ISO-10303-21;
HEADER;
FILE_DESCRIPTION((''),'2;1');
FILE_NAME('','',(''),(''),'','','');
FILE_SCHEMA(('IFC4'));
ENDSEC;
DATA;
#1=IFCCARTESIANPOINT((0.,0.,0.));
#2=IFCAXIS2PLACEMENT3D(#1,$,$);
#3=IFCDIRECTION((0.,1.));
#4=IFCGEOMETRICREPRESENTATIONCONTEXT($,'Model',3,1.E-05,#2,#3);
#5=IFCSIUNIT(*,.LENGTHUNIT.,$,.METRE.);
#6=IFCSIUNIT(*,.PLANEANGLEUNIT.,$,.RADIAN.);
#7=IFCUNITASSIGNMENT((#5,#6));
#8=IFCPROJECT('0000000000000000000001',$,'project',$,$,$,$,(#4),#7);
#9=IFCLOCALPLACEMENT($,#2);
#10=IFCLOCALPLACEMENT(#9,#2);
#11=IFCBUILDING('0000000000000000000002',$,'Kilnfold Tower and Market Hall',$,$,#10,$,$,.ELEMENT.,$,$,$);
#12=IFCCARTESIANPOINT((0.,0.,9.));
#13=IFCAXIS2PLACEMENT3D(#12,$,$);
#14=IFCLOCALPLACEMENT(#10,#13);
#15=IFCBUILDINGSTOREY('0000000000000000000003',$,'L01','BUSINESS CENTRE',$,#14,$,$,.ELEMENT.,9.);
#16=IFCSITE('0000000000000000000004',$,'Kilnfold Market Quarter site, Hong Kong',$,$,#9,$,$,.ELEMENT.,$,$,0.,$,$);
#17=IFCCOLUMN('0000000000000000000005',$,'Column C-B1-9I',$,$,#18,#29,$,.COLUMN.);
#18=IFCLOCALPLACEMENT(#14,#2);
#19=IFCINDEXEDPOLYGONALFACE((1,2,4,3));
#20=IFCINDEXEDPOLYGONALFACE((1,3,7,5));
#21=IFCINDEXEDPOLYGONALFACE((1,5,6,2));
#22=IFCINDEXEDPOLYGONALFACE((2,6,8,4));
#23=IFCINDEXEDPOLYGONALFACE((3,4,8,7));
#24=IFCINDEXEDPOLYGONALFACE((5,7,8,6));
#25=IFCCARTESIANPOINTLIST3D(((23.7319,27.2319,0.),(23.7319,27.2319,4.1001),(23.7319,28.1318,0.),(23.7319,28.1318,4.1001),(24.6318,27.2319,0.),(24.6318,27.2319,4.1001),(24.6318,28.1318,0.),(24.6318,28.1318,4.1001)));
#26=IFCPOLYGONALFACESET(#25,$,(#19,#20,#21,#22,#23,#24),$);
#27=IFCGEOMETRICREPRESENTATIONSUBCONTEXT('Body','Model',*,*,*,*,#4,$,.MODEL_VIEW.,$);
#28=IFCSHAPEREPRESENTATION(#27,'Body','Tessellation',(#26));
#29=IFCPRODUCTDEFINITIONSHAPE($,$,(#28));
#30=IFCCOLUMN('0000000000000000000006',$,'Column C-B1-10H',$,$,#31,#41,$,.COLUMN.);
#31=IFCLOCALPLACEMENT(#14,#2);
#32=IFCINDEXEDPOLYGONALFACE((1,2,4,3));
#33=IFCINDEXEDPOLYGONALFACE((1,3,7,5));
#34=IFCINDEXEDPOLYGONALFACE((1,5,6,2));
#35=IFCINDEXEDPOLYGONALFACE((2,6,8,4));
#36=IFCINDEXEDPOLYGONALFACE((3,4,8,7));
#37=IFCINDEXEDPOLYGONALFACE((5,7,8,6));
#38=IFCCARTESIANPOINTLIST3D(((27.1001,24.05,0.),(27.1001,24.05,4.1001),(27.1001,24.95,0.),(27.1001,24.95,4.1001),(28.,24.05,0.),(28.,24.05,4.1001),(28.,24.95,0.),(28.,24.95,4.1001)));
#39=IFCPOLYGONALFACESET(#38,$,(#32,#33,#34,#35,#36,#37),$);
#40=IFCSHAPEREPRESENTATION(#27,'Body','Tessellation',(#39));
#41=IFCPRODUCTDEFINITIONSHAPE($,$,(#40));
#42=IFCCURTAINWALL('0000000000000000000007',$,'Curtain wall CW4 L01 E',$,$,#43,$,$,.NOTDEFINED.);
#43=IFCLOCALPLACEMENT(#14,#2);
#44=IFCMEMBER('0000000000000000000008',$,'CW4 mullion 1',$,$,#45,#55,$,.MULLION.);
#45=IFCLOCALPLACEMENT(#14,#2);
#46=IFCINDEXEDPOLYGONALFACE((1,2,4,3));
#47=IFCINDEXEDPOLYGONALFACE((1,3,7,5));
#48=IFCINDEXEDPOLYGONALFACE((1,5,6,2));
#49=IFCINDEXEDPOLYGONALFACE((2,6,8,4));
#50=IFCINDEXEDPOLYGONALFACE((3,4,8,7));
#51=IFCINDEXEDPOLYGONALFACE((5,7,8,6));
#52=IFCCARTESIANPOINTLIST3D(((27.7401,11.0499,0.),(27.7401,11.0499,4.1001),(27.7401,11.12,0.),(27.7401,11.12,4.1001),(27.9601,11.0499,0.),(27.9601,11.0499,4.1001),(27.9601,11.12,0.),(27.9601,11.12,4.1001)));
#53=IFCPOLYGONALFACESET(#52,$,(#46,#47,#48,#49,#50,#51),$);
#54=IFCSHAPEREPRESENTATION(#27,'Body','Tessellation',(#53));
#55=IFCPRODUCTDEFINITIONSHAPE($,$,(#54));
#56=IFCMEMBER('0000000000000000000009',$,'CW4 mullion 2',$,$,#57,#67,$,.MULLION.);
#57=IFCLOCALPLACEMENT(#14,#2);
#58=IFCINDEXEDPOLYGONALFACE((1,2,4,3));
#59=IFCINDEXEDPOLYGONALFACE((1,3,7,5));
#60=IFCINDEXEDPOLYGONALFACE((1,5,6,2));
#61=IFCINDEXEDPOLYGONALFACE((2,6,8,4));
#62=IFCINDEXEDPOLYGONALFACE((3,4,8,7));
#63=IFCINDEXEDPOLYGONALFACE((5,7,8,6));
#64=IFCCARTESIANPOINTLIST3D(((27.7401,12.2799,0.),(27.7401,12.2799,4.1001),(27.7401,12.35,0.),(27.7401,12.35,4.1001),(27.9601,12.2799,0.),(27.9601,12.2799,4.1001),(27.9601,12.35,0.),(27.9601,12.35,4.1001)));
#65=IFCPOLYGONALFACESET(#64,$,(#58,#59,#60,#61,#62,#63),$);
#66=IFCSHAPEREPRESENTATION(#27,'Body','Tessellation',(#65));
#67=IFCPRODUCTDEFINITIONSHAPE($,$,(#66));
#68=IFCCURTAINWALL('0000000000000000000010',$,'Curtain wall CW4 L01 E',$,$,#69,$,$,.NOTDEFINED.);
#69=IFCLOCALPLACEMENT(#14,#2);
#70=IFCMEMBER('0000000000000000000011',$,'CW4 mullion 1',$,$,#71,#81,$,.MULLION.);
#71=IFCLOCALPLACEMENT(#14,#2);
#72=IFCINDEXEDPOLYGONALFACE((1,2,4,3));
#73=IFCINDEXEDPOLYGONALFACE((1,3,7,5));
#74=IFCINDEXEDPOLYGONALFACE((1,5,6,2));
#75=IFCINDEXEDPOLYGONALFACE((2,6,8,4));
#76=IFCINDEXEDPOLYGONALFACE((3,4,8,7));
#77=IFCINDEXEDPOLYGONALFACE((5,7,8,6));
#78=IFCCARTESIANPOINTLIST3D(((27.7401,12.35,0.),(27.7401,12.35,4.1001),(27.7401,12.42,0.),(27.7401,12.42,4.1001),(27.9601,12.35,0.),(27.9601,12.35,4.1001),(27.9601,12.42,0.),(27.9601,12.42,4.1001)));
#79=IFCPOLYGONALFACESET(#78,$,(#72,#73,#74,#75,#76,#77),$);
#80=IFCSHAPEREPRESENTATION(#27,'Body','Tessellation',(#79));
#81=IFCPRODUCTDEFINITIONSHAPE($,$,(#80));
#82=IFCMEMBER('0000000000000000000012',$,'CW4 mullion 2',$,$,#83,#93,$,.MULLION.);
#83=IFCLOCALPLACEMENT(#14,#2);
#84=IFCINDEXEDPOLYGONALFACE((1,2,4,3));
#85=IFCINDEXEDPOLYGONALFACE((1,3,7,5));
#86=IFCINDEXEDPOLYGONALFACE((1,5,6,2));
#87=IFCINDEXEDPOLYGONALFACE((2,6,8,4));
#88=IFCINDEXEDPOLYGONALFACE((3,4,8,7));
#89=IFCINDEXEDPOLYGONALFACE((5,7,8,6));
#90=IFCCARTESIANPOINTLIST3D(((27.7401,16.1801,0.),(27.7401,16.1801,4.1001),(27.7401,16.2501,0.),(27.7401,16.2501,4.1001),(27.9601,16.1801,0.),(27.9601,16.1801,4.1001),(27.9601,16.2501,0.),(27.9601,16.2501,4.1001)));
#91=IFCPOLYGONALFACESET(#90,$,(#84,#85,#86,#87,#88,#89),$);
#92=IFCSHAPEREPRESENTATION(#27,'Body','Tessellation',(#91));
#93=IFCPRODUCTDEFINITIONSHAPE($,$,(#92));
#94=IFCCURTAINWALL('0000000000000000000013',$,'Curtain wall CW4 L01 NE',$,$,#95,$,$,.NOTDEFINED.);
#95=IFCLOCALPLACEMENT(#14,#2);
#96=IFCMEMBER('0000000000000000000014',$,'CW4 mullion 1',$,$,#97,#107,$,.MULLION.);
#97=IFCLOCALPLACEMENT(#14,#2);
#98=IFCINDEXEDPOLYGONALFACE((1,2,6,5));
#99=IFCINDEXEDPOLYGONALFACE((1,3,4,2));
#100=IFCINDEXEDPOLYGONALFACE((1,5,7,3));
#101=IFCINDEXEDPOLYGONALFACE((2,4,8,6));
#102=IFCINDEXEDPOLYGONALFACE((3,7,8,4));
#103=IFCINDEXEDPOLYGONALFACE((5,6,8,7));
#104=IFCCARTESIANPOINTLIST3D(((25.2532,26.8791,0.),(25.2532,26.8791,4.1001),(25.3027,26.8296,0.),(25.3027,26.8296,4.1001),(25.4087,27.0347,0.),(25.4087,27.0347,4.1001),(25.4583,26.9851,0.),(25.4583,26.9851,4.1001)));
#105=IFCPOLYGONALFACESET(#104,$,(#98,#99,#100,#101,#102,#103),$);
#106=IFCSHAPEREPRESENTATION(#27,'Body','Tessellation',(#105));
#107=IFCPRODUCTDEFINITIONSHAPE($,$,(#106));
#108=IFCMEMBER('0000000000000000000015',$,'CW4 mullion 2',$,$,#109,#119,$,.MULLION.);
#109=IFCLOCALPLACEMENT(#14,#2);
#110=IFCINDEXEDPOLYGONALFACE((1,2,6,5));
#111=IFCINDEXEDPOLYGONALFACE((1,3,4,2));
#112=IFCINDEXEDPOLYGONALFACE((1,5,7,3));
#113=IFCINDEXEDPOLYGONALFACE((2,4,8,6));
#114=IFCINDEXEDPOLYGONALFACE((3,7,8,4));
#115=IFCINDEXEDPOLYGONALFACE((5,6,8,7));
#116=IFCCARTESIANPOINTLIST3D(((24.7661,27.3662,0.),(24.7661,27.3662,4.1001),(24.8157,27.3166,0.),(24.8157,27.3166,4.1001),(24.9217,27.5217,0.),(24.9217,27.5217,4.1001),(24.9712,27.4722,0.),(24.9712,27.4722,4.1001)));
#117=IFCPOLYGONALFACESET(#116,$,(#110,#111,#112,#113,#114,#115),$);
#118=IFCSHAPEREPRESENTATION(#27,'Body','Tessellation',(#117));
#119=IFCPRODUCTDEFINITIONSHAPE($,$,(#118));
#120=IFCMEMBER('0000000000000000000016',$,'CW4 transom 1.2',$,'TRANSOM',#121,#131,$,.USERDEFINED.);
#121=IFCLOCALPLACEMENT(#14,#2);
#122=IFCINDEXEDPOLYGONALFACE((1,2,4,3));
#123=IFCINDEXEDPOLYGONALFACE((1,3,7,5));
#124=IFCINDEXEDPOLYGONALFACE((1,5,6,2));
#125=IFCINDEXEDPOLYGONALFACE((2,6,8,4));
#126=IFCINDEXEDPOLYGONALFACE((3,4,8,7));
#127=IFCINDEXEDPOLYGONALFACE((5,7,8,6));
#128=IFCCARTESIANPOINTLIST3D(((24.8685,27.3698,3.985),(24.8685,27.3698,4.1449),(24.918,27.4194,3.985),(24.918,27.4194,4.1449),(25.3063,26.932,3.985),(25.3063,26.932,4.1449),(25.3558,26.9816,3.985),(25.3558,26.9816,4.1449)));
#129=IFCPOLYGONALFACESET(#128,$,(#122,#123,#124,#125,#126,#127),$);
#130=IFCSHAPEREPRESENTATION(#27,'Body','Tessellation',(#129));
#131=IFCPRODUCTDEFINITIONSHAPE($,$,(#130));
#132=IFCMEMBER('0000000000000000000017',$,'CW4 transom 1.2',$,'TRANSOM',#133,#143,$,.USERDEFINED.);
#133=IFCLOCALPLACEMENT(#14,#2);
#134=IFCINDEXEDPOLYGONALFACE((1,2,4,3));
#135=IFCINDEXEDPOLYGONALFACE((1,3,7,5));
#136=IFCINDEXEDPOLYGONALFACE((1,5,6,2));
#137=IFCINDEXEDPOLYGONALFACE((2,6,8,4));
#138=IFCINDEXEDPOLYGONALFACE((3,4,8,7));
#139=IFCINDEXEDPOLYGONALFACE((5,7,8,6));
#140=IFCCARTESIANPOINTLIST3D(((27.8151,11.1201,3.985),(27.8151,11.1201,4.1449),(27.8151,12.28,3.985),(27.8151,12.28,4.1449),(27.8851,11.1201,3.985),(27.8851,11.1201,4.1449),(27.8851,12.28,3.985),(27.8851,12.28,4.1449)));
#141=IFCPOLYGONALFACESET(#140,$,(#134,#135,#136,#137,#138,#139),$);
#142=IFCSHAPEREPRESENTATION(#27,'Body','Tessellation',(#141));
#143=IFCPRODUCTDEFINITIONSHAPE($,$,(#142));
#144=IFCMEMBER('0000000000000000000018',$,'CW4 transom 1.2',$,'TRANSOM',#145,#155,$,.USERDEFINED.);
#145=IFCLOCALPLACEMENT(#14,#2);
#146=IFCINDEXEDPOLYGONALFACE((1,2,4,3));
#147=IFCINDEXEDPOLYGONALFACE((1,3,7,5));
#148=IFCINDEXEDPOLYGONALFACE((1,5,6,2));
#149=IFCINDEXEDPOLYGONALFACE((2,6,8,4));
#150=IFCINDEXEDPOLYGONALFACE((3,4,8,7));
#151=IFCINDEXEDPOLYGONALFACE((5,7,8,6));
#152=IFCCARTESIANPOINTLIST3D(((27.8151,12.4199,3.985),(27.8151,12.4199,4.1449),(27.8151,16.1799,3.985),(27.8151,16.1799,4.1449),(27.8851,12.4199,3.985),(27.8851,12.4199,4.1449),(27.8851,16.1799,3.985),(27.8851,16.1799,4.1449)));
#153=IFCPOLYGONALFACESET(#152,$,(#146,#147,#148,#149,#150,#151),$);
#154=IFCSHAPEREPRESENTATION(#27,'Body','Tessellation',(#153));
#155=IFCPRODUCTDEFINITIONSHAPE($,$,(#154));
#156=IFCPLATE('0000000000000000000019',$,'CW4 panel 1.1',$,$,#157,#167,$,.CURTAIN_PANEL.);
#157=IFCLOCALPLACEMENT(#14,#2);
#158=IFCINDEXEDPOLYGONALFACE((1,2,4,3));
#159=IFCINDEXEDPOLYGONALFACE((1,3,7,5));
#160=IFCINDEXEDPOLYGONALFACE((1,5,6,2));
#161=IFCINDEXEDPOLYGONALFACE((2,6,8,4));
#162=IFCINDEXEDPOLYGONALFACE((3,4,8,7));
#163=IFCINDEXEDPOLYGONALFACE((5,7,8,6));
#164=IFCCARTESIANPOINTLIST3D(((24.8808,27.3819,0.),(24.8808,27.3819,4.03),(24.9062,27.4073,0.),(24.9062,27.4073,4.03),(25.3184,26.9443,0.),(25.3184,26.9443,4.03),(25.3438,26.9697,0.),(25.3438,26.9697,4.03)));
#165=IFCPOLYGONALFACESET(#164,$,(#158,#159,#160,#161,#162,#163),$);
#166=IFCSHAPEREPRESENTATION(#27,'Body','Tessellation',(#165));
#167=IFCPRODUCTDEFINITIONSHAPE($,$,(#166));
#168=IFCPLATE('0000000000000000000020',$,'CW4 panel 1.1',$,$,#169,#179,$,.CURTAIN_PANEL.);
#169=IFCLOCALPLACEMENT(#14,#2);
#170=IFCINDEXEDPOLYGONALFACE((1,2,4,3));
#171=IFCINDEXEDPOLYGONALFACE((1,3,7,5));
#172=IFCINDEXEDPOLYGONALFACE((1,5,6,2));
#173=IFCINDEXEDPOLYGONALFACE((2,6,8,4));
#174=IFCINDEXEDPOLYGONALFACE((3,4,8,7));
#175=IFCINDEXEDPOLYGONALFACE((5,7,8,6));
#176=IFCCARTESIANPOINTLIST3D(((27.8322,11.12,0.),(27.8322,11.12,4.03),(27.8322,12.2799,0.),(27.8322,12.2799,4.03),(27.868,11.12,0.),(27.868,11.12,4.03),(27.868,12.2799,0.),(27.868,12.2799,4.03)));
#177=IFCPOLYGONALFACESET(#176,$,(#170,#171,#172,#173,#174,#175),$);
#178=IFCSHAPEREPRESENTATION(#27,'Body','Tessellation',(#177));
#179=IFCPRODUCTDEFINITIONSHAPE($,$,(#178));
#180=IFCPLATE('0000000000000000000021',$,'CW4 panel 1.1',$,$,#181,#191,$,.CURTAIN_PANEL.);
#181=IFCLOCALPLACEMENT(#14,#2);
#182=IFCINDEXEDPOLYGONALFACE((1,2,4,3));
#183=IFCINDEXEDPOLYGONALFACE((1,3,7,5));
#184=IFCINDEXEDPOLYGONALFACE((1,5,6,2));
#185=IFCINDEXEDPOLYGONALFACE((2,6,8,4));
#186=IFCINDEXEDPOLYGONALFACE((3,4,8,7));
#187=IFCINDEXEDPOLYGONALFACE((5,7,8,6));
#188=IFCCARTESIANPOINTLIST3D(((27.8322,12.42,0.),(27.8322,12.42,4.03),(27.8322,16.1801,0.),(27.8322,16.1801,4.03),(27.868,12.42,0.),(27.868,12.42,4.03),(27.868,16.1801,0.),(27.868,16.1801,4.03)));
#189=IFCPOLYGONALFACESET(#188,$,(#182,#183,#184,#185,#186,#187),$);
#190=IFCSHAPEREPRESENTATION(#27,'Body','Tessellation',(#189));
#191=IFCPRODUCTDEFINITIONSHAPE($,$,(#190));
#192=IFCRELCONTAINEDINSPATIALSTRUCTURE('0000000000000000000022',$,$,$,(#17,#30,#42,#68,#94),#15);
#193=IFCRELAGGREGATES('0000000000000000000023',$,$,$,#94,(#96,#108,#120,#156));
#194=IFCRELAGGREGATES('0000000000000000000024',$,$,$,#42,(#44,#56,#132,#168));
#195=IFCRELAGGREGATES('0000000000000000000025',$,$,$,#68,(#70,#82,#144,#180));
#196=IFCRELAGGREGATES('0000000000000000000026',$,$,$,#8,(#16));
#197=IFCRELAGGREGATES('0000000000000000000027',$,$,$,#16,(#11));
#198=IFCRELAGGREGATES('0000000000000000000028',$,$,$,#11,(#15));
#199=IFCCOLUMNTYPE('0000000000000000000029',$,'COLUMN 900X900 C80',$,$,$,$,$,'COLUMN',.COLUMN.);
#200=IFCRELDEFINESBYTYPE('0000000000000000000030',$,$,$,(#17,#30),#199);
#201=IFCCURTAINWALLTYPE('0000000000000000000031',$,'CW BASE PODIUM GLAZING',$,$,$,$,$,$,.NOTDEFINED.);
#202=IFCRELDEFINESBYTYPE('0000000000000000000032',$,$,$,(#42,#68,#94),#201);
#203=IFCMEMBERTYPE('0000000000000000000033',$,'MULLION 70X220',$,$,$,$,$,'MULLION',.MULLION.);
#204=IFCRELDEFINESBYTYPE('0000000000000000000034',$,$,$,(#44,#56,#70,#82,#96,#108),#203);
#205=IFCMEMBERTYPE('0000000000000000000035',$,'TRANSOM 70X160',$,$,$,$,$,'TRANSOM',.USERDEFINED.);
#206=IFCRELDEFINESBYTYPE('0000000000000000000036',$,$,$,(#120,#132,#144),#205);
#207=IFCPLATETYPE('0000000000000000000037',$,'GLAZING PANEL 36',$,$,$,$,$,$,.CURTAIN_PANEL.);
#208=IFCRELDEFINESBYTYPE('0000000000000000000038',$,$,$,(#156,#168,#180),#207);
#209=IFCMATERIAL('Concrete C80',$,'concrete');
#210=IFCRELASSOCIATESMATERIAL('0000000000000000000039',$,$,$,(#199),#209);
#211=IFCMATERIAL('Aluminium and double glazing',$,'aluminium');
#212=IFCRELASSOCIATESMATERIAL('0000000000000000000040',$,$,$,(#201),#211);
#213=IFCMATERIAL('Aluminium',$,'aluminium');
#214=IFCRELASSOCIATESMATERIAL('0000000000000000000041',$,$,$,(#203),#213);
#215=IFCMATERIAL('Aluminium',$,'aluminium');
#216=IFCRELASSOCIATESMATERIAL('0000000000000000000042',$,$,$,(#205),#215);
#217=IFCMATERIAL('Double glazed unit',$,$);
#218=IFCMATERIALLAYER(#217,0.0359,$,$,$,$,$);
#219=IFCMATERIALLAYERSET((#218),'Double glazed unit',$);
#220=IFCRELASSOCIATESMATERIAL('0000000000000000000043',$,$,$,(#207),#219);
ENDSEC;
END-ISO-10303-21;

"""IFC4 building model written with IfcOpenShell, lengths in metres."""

from ifc_helpers import new_model, si_unit, direction, frame, origin, origin_2d, place, context, subcontext, project, spatial, rectangle, extrude, source, transform, mapped, material, layer, layer_set, material_profile, profile_set, type_object, element, aggregate, save


model = new_model("IFC4")

# Units and contexts
model_context = context("Model", 3, precision=1e-05, world=origin(), true_north=direction((0.0, 1.0)))
body_context = subcontext(model_context, "Body", "Model", "MODEL_VIEW")
ifc_project = project(units=[si_unit("LENGTHUNIT", "METRE"), si_unit("PLANEANGLEUNIT", "RADIAN")], contexts=[model_context])

# Site, building, storey
site_placement = place(None, origin())
site = spatial("IfcSite", under=ifc_project, at=site_placement, Name="Kilnfold Market Quarter site, Hong Kong", CompositionType="ELEMENT", RefElevation=0.0)
building_placement = place(site_placement, origin())
building = spatial("IfcBuilding", under=site, at=building_placement, Name="Kilnfold Tower and Market Hall", CompositionType="ELEMENT")
storey_placement = place(building_placement, frame((0.0, 0.0, 9.0)))
storey = spatial("IfcBuildingStorey", under=building, at=storey_placement, Name="L01", Description="BUSINESS CENTRE", CompositionType="ELEMENT", Elevation=9.0)

# Columns
ifc_material_1 = material(Name="Concrete C80", Category="concrete")
ifc_material_profile_1 = material_profile(ifc_material_1, rectangle(XDim=0.8999, YDim=0.8999, at=origin_2d()), Name="RC 900x900")
ifc_profile_set_1 = profile_set([ifc_material_profile_1], Name="Concrete C80")
column_type = type_object("IfcColumnType", Name="COLUMN 900X900 C80", ElementType="COLUMN", PredefinedType="COLUMN", material=ifc_profile_set_1)
shared_shape_1 = source(origin(), body_context, "Body", "SweptSolid", [
    extrude(rectangle(XDim=0.8999, YDim=0.8999, at=origin_2d()), origin(), (0.0, 0.0, 1.0), 4.1001),
])
for number, where, z_axis, x_axis, name in (
    (1, (24.1819, 27.6819, 0.0), (0.0, 0.0, 1.0), (1.0, 0.0, 0.0), "Column C-B1-9I"),
    (2, (27.55, 24.5, 0.0), (0.0, 0.0, 1.0), (1.0, 0.0, 0.0), "Column C-B1-10H"),
):
    element("IfcColumn", number, at=place(storey_placement, frame(where, z_axis=z_axis, x_axis=x_axis)), inside=storey, type_object=column_type, Name=name, PredefinedType="COLUMN", context=body_context, shape_type="MappedRepresentation", body=[
        mapped(shared_shape_1, transform((0.0, 0.0, 0.0))),
    ])

# Curtain walls, members
ifc_material_2 = material(Name="Aluminium and double glazing", Category="aluminium")
curtain_wall_type = type_object("IfcCurtainWallType", Name="CW BASE PODIUM GLAZING", PredefinedType="NOTDEFINED", material=ifc_material_2)
curtain_wall_1_placement = place(storey_placement, origin())
curtain_wall_1 = element("IfcCurtainWall", 3, at=curtain_wall_1_placement, inside=storey, type_object=curtain_wall_type, Name="Curtain wall CW4 L01 E", PredefinedType="NOTDEFINED")
ifc_material_3 = material(Name="Aluminium", Category="aluminium")
ifc_material_profile_2 = material_profile(ifc_material_3, rectangle(XDim=0.0701, YDim=0.22, at=origin_2d()), Name="MULLION 70x220")
ifc_profile_set_2 = profile_set([ifc_material_profile_2], Name="Aluminium")
member_type_1 = type_object("IfcMemberType", Name="MULLION 70X220", ElementType="MULLION", PredefinedType="MULLION", material=ifc_profile_set_2)
shared_shape_2 = source(origin(), body_context, "Body", "SweptSolid", [
    extrude(rectangle(XDim=0.0701, YDim=0.22, at=origin_2d()), origin(), (0.0, 0.0, 1.0), 4.1001),
])
member_1_placement = place(storey_placement, frame((27.8501, 11.085, 0.0), z_axis=(0.0, 0.0, 1.0), x_axis=(0.0, 1.0, 0.0)))
member_1 = element("IfcMember", 4, at=member_1_placement, type_object=member_type_1, Name="CW4 mullion 1", PredefinedType="MULLION", context=body_context, shape_type="MappedRepresentation", body=[
    mapped(shared_shape_2, transform((0.0, 0.0, 0.0))),
])
member_2_placement = place(storey_placement, frame((27.8501, 12.3149, 0.0), z_axis=(0.0, 0.0, 1.0), x_axis=(0.0, 1.0, 0.0)))
member_2 = element("IfcMember", 5, at=member_2_placement, type_object=member_type_1, Name="CW4 mullion 2", PredefinedType="MULLION", context=body_context, shape_type="MappedRepresentation", body=[
    mapped(shared_shape_2, transform((0.0, 0.0, 0.0))),
])
curtain_wall_2_placement = place(storey_placement, origin())
curtain_wall_2 = element("IfcCurtainWall", 6, at=curtain_wall_2_placement, inside=storey, type_object=curtain_wall_type, Name="Curtain wall CW4 L01 E", PredefinedType="NOTDEFINED")
member_3_placement = place(storey_placement, frame((27.8501, 12.385, 0.0), z_axis=(0.0, 0.0, 1.0), x_axis=(0.0, 1.0, 0.0)))
member_3 = element("IfcMember", 7, at=member_3_placement, type_object=member_type_1, Name="CW4 mullion 1", PredefinedType="MULLION", context=body_context, shape_type="MappedRepresentation", body=[
    mapped(shared_shape_2, transform((0.0, 0.0, 0.0))),
])
member_4_placement = place(storey_placement, frame((27.8501, 16.2151, 0.0), z_axis=(0.0, 0.0, 1.0), x_axis=(0.0, 1.0, 0.0)))
member_4 = element("IfcMember", 8, at=member_4_placement, type_object=member_type_1, Name="CW4 mullion 2", PredefinedType="MULLION", context=body_context, shape_type="MappedRepresentation", body=[
    mapped(shared_shape_2, transform((0.0, 0.0, 0.0))),
])
curtain_wall_3_placement = place(storey_placement, origin())
curtain_wall_3 = element("IfcCurtainWall", 9, at=curtain_wall_3_placement, inside=storey, type_object=curtain_wall_type, Name="Curtain wall CW4 L01 NE", PredefinedType="NOTDEFINED")
member_5_placement = place(storey_placement, frame((25.3557, 26.9321, 0.0), z_axis=(0.0, 0.0, 1.0), x_axis=(-0.707107, 0.707107, 0.0)))
member_5 = element("IfcMember", 10, at=member_5_placement, type_object=member_type_1, Name="CW4 mullion 1", PredefinedType="MULLION", context=body_context, shape_type="MappedRepresentation", body=[
    mapped(shared_shape_2, transform((0.0, 0.0, 0.0))),
])
member_6_placement = place(storey_placement, frame((24.8687, 27.4192, 0.0), z_axis=(0.0, 0.0, 1.0), x_axis=(-0.707107, 0.707107, 0.0)))
member_6 = element("IfcMember", 11, at=member_6_placement, type_object=member_type_1, Name="CW4 mullion 2", PredefinedType="MULLION", context=body_context, shape_type="MappedRepresentation", body=[
    mapped(shared_shape_2, transform((0.0, 0.0, 0.0))),
])
ifc_material_4 = material(Name="Aluminium", Category="aluminium")
ifc_material_profile_3 = material_profile(ifc_material_4, rectangle(XDim=0.0701, YDim=0.1599, at=origin_2d()), Name="TRANSOM 70x160")
ifc_profile_set_3 = profile_set([ifc_material_profile_3], Name="Aluminium")
member_type_2 = type_object("IfcMemberType", Name="TRANSOM 70X160", ElementType="TRANSOM", PredefinedType="USERDEFINED", material=ifc_profile_set_3)
shared_shape_3 = source(origin(), body_context, "Body", "SweptSolid", [
    extrude(rectangle(XDim=0.0701, YDim=0.1599, at=origin_2d()), origin(), (0.0, 0.0, 1.0), 0.6191),
])
member_7_placement = place(storey_placement, frame((25.3311, 26.9568, 4.0649), z_axis=(-0.707107, 0.707107, 0.0), x_axis=(-0.707107, -0.707107, 0.0)))
member_7 = element("IfcMember", 12, at=member_7_placement, type_object=member_type_2, Name="CW4 transom 1.2", ObjectType="TRANSOM", PredefinedType="USERDEFINED", context=body_context, shape_type="MappedRepresentation", body=[
    mapped(shared_shape_3, transform((0.0, 0.0, 0.0))),
])

# Members
shared_shape_4 = source(origin(), body_context, "Body", "SweptSolid", [
    extrude(rectangle(XDim=0.0701, YDim=0.1599, at=origin_2d()), origin(), (0.0, 0.0, 1.0), 1.1599),
])
member_8_placement = place(storey_placement, frame((27.8501, 11.1201, 4.0649), z_axis=(0.0, 1.0, 0.0), x_axis=(-1.0, 0.0, 0.0)))
member_8 = element("IfcMember", 13, at=member_8_placement, type_object=member_type_2, Name="CW4 transom 1.2", ObjectType="TRANSOM", PredefinedType="USERDEFINED", context=body_context, shape_type="MappedRepresentation", body=[
    mapped(shared_shape_4, transform((0.0, 0.0, 0.0))),
])
shared_shape_5 = source(origin(), body_context, "Body", "SweptSolid", [
    extrude(rectangle(XDim=0.0701, YDim=0.1599, at=origin_2d()), origin(), (0.0, 0.0, 1.0), 3.76),
])
member_9_placement = place(storey_placement, frame((27.8501, 12.4199, 4.0649), z_axis=(0.0, 1.0, 0.0), x_axis=(-1.0, 0.0, 0.0)))
member_9 = element("IfcMember", 14, at=member_9_placement, type_object=member_type_2, Name="CW4 transom 1.2", ObjectType="TRANSOM", PredefinedType="USERDEFINED", context=body_context, shape_type="MappedRepresentation", body=[
    mapped(shared_shape_5, transform((0.0, 0.0, 0.0))),
])

# Plates
ifc_material_5 = material(Name="Double glazed unit")
ifc_layer_1 = layer(ifc_material_5, 0.0359)
ifc_layer_set_1 = layer_set([ifc_layer_1], Name="Double glazed unit")
plate_type = type_object("IfcPlateType", Name="GLAZING PANEL 36", PredefinedType="CURTAIN_PANEL", material=ifc_layer_set_1)
shared_shape_6 = source(origin(), body_context, "Body", "SweptSolid", [
    extrude(rectangle(XDim=0.6189, YDim=0.0359, at=origin_2d()), origin(), (0.0, 0.0, 1.0), 4.03),
])
plate_1_placement = place(storey_placement, frame((25.1123, 27.1758, 0.0), z_axis=(0.0, 0.0, 1.0), x_axis=(-0.707107, 0.707107, 0.0)))
plate_1 = element("IfcPlate", 15, at=plate_1_placement, type_object=plate_type, Name="CW4 panel 1.1", PredefinedType="CURTAIN_PANEL", context=body_context, shape_type="MappedRepresentation", body=[
    mapped(shared_shape_6, transform((0.0, 0.0, 0.0))),
])
aggregate(curtain_wall_3, [member_5, member_6, member_7, plate_1])
shared_shape_7 = source(origin(), body_context, "Body", "SweptSolid", [
    extrude(rectangle(XDim=1.1599, YDim=0.0359, at=origin_2d()), origin(), (0.0, 0.0, 1.0), 4.03),
])
plate_2_placement = place(storey_placement, frame((27.8501, 11.7, 0.0), z_axis=(0.0, 0.0, 1.0), x_axis=(0.0, 1.0, 0.0)))
plate_2 = element("IfcPlate", 16, at=plate_2_placement, type_object=plate_type, Name="CW4 panel 1.1", PredefinedType="CURTAIN_PANEL", context=body_context, shape_type="MappedRepresentation", body=[
    mapped(shared_shape_7, transform((0.0, 0.0, 0.0))),
])
aggregate(curtain_wall_1, [member_1, member_2, member_8, plate_2])
shared_shape_8 = source(origin(), body_context, "Body", "SweptSolid", [
    extrude(rectangle(XDim=3.76, YDim=0.0359, at=origin_2d()), origin(), (0.0, 0.0, 1.0), 4.03),
])
plate_3_placement = place(storey_placement, frame((27.8501, 14.3, 0.0), z_axis=(0.0, 0.0, 1.0), x_axis=(0.0, 1.0, 0.0)))
plate_3 = element("IfcPlate", 17, at=plate_3_placement, type_object=plate_type, Name="CW4 panel 1.1", PredefinedType="CURTAIN_PANEL", context=body_context, shape_type="MappedRepresentation", body=[
    mapped(shared_shape_8, transform((0.0, 0.0, 0.0))),
])
aggregate(curtain_wall_2, [member_3, member_4, member_9, plate_3])

save(model, "model.ifc")
